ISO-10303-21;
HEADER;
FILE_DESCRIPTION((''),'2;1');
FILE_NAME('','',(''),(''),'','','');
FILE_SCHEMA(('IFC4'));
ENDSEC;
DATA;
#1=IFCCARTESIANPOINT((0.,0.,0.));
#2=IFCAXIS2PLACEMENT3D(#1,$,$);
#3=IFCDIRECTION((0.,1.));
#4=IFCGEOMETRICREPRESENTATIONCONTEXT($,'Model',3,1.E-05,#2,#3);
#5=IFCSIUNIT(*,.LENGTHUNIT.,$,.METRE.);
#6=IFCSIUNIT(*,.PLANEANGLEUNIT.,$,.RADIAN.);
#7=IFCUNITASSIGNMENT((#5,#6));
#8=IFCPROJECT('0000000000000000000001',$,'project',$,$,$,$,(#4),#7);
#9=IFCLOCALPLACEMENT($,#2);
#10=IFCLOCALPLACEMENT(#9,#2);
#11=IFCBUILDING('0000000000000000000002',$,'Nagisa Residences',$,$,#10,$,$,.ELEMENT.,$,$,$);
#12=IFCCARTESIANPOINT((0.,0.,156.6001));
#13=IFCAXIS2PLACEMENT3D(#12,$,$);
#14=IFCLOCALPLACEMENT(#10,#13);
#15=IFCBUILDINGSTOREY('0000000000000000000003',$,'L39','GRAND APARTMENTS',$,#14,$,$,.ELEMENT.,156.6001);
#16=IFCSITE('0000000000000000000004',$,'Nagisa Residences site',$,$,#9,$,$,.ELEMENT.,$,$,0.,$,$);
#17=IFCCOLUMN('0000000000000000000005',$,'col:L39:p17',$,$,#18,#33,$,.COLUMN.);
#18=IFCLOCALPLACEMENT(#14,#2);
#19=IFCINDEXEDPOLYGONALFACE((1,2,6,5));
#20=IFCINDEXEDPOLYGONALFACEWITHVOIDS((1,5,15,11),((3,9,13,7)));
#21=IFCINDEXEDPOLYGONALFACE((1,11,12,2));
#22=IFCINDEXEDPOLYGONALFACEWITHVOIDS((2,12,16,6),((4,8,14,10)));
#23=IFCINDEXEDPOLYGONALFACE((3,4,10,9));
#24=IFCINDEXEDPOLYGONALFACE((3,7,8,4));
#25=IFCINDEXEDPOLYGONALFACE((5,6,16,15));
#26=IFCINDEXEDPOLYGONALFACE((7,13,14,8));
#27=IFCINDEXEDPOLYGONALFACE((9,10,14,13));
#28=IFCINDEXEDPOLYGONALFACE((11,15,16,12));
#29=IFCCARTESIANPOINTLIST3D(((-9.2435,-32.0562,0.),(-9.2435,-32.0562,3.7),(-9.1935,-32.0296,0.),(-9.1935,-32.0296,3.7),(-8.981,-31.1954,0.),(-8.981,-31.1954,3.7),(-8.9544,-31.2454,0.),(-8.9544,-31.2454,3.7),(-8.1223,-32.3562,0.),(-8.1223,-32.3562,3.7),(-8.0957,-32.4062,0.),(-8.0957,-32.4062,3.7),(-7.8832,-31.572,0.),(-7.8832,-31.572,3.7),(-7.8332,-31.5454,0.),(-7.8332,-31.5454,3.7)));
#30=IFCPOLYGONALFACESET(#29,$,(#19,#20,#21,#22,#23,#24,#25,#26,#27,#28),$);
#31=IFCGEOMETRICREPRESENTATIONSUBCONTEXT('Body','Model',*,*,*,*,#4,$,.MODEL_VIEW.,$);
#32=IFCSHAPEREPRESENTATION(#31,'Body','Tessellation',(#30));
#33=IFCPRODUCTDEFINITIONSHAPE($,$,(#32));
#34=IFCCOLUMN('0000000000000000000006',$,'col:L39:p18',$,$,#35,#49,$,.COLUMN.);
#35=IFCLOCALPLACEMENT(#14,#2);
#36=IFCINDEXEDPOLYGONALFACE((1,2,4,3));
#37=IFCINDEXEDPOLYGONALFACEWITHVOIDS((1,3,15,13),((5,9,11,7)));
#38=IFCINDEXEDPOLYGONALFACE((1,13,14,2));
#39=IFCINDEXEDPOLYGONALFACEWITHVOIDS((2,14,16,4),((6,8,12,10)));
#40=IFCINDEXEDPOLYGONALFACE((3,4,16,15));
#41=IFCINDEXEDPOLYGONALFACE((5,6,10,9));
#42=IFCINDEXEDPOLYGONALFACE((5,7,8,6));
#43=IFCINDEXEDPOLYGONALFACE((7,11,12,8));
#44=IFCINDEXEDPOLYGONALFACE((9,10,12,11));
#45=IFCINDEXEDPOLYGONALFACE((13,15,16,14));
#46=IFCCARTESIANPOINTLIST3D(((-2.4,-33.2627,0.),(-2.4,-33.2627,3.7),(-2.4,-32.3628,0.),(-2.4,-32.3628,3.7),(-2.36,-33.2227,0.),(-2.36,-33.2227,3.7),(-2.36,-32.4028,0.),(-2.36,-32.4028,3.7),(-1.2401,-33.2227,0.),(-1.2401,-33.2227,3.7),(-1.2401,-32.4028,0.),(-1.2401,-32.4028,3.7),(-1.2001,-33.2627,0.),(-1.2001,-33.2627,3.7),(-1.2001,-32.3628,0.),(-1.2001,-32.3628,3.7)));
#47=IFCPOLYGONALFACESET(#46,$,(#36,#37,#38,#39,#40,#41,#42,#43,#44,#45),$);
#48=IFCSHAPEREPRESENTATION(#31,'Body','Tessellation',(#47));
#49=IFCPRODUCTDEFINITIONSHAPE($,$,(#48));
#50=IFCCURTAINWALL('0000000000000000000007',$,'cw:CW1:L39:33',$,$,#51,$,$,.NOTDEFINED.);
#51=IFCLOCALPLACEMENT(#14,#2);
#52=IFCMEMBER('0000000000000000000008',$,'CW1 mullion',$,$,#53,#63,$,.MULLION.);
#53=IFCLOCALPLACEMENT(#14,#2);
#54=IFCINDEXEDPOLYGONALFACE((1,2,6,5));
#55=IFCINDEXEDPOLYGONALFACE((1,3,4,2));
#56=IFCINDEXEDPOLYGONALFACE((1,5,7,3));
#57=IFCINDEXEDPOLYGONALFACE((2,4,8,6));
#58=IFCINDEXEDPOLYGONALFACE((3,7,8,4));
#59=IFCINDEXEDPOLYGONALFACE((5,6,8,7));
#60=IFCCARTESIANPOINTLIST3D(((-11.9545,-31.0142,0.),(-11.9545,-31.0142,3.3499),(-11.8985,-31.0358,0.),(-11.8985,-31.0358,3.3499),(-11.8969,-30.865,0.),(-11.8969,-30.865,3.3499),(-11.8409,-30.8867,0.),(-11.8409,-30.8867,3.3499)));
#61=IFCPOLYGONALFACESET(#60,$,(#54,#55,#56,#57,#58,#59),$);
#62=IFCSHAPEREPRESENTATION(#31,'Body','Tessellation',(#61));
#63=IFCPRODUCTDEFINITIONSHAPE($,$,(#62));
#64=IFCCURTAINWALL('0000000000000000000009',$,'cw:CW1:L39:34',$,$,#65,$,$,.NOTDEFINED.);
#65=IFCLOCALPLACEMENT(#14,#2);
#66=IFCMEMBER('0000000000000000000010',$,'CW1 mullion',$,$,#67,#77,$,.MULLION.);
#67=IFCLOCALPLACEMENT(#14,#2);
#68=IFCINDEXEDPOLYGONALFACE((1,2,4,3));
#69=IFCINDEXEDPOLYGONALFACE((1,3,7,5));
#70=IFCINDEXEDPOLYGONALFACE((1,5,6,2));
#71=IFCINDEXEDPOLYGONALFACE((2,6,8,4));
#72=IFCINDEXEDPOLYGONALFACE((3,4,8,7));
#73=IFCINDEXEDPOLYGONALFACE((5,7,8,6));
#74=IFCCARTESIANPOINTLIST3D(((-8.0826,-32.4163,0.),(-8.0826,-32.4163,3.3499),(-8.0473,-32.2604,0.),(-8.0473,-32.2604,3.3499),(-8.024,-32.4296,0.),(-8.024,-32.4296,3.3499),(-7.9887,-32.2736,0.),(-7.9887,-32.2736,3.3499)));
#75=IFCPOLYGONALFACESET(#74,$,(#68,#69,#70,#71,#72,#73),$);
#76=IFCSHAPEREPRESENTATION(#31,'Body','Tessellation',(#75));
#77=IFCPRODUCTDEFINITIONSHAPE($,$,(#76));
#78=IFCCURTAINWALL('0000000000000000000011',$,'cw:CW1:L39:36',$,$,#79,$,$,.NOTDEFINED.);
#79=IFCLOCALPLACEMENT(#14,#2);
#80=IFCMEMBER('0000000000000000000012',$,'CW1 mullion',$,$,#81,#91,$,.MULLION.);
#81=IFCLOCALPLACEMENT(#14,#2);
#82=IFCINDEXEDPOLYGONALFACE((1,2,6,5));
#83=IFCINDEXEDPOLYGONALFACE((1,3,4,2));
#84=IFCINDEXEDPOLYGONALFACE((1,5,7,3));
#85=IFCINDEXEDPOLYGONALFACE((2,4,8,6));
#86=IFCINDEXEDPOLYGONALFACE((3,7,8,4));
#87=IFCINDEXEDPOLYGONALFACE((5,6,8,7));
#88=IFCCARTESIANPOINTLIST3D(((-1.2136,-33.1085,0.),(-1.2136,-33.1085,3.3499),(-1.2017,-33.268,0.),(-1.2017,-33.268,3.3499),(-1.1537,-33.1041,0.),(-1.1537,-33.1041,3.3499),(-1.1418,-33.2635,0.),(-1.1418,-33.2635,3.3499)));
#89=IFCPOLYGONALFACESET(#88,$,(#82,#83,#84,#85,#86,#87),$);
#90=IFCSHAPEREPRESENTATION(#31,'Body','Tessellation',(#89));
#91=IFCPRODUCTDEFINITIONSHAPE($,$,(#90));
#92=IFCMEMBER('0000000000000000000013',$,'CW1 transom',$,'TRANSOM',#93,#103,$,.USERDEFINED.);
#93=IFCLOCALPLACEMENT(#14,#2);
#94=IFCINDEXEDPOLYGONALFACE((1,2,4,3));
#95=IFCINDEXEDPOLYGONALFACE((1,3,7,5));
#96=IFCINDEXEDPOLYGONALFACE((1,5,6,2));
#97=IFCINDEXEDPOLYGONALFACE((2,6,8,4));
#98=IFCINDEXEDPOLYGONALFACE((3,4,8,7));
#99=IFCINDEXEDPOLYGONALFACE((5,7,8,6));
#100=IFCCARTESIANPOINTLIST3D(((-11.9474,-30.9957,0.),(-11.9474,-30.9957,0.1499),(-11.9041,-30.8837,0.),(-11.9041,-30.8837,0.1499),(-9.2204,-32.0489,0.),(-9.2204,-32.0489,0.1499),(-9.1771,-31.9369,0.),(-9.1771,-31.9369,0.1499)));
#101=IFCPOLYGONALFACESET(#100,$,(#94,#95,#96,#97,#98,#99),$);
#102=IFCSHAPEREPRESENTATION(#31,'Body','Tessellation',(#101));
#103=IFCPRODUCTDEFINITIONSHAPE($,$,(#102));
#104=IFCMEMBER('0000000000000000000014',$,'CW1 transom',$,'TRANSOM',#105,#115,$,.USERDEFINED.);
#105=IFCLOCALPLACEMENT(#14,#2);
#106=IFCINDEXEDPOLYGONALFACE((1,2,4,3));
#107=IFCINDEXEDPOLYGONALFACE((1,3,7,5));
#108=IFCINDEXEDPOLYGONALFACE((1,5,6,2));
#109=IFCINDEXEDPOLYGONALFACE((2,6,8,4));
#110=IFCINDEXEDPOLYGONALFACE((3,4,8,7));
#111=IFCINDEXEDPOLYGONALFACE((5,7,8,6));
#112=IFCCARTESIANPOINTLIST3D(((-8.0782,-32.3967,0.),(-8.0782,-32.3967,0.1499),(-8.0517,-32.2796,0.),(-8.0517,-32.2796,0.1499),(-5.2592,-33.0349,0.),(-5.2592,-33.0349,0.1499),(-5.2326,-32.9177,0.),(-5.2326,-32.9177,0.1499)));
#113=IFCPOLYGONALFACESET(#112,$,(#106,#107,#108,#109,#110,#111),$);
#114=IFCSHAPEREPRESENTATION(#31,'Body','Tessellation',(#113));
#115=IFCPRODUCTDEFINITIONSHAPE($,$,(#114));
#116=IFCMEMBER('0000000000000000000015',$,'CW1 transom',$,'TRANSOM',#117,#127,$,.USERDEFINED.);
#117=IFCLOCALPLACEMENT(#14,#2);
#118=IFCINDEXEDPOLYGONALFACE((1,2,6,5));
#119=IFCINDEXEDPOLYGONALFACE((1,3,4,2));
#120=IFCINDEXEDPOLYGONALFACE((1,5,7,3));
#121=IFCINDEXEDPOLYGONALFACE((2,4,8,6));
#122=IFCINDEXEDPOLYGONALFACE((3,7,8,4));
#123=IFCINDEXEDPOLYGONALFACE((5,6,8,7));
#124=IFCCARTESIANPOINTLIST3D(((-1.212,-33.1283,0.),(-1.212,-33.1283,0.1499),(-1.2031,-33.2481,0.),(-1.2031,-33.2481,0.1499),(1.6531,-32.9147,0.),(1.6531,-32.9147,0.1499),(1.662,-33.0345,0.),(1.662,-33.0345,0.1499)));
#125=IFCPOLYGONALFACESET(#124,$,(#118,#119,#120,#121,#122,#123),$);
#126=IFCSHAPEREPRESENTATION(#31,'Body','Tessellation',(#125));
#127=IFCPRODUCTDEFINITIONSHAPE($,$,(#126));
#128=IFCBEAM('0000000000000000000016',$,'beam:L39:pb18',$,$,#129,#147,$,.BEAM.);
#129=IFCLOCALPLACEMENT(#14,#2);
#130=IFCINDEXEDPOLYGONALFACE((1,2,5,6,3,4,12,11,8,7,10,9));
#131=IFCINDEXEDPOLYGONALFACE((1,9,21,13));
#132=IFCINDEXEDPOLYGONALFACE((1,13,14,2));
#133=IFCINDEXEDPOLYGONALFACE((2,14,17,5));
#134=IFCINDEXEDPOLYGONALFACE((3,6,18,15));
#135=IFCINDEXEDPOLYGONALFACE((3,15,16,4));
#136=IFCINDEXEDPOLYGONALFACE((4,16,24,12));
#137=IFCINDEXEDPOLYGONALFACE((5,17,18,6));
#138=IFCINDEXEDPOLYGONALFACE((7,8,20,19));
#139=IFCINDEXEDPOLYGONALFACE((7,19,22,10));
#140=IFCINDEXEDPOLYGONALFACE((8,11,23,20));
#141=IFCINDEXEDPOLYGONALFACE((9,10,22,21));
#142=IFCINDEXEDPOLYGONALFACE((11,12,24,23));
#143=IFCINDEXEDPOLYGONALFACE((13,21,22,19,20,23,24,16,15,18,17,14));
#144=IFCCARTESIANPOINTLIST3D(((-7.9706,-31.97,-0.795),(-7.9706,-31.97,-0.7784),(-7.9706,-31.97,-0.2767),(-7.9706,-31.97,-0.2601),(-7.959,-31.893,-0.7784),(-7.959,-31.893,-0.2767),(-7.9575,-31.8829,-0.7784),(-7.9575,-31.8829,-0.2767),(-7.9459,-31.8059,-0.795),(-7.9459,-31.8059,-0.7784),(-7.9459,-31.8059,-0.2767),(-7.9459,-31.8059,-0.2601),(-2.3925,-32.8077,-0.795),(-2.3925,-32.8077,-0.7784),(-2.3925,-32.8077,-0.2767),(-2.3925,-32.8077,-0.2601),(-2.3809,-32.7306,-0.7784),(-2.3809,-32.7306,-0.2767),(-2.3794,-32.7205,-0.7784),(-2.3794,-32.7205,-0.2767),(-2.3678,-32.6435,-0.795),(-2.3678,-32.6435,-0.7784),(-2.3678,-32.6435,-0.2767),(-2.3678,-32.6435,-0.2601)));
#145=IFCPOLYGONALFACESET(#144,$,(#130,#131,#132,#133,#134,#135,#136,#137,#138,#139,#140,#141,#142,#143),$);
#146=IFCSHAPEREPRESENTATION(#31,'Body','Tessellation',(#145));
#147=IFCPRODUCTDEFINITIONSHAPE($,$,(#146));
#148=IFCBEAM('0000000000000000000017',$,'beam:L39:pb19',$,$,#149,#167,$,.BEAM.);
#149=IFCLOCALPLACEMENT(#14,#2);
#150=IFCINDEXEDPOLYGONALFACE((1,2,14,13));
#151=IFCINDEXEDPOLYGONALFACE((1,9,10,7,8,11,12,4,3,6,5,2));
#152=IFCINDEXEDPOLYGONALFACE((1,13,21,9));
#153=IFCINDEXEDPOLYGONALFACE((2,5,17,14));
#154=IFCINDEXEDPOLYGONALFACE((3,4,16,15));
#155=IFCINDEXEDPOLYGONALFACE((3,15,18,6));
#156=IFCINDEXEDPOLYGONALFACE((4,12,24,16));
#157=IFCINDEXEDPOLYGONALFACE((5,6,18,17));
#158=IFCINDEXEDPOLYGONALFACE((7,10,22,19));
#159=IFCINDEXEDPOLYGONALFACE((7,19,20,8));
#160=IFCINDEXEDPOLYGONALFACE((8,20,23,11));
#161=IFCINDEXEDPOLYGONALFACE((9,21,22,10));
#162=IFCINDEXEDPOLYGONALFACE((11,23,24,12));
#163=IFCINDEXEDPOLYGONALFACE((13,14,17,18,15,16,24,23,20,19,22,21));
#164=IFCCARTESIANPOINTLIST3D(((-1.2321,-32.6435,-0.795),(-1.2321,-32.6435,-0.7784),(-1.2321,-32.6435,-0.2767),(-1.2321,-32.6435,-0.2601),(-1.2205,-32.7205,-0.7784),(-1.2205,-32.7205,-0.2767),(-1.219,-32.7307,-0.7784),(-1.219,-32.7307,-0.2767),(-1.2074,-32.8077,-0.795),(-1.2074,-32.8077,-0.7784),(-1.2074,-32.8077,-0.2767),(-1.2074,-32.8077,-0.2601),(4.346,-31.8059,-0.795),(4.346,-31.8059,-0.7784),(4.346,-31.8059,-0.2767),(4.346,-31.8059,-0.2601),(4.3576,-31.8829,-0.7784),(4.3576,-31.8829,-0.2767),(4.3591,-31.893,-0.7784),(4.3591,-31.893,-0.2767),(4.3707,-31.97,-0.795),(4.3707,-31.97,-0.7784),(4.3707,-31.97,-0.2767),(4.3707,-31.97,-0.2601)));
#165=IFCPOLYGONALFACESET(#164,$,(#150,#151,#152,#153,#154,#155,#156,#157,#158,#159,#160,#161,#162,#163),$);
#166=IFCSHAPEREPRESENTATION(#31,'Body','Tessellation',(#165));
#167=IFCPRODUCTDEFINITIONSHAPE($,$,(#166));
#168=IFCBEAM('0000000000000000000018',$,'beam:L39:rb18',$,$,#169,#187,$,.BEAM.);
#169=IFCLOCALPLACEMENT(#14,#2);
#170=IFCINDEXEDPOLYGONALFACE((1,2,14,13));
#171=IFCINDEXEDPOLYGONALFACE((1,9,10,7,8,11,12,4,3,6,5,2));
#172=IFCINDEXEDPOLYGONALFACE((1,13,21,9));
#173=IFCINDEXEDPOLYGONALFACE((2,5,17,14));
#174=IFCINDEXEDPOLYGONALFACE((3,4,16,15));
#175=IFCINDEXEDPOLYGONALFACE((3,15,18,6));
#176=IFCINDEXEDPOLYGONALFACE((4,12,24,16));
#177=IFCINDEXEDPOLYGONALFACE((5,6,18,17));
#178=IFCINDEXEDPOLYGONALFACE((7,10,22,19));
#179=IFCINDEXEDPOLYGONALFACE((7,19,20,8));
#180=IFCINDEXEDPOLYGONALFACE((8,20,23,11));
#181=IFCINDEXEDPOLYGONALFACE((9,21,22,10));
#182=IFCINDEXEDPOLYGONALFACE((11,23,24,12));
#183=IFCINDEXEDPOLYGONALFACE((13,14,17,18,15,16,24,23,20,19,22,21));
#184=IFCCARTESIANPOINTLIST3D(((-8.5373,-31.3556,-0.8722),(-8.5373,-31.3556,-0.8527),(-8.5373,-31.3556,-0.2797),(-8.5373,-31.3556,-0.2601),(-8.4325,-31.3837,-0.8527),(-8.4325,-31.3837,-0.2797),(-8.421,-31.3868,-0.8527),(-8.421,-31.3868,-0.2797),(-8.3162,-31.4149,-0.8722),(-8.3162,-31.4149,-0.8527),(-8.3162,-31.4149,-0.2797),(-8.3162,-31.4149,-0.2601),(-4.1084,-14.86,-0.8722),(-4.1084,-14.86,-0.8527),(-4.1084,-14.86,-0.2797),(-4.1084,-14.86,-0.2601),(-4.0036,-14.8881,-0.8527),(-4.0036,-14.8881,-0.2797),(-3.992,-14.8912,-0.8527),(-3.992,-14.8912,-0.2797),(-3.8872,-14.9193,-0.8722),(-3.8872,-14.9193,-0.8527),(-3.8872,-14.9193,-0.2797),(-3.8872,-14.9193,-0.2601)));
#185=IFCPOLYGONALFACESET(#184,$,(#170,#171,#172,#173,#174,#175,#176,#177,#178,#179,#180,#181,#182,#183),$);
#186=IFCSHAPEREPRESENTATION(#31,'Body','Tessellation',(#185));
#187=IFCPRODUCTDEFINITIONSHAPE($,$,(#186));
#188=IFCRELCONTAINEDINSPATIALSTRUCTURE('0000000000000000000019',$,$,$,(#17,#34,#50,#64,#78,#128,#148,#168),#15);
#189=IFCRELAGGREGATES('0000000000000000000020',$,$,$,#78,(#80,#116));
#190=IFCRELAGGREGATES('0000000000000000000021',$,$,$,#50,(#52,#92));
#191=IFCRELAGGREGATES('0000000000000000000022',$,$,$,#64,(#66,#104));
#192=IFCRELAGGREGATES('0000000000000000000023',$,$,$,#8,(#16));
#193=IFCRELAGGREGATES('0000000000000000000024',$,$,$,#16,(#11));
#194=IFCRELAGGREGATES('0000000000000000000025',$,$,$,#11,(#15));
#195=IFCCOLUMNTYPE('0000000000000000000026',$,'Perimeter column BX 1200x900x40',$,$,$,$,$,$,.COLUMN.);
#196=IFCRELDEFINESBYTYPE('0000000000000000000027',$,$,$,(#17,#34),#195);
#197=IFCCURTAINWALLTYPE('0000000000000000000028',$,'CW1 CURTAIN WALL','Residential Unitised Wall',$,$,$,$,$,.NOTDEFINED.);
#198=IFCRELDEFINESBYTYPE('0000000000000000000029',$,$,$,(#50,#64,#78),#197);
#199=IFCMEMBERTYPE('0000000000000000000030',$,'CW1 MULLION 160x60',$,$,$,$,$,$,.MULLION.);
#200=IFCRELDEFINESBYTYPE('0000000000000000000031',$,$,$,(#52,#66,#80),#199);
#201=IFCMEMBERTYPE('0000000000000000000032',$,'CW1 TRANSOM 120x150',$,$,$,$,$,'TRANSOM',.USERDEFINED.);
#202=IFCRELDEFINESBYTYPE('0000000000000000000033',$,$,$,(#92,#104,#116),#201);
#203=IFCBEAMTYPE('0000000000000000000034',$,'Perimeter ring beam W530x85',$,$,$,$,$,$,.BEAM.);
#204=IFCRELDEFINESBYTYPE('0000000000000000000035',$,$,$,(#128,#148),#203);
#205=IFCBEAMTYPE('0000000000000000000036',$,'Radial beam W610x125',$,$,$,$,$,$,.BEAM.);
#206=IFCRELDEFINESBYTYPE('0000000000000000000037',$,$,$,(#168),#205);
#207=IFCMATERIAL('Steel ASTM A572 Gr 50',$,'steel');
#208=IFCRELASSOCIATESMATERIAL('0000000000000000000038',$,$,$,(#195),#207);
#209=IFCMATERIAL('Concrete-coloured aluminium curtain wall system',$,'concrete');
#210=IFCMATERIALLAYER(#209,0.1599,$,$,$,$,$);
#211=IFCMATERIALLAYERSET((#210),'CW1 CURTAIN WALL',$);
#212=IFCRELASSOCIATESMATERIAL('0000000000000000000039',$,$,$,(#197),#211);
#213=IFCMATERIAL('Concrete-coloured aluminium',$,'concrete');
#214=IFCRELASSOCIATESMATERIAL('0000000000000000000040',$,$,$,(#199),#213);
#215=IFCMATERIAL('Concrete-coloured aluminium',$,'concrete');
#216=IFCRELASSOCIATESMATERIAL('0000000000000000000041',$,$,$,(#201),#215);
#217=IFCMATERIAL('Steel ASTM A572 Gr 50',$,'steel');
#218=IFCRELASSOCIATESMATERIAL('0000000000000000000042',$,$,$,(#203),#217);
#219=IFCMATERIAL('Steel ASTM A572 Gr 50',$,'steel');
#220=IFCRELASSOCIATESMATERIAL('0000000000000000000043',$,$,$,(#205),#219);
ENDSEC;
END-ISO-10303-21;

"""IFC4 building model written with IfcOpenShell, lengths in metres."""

from ifc_helpers import new_model, si_unit, direction, frame, origin, origin_2d, place, context, subcontext, project, spatial, rectangle, hollow_rectangle, i_section, extrude, material, layer, layer_set, material_profile, profile_set, type_object, element, aggregate, save


model = new_model("IFC4")

# Units and contexts
model_context = context("Model", 3, precision=1e-05, world=origin(), true_north=direction((0.0, 1.0)))
body_context = subcontext(model_context, "Body", "Model", "MODEL_VIEW")
ifc_project = project(units=[si_unit("LENGTHUNIT", "METRE"), si_unit("PLANEANGLEUNIT", "RADIAN")], contexts=[model_context])

# Site, building, storey
site_placement = place(None, origin())
site = spatial("IfcSite", under=ifc_project, at=site_placement, Name="Nagisa Residences site", CompositionType="ELEMENT", RefElevation=0.0)
building_placement = place(site_placement, origin())
building = spatial("IfcBuilding", under=site, at=building_placement, Name="Nagisa Residences", CompositionType="ELEMENT")
storey_placement = place(building_placement, frame((0.0, 0.0, 156.6001)))
storey = spatial("IfcBuildingStorey", under=building, at=storey_placement, Name="L39", Description="GRAND APARTMENTS", CompositionType="ELEMENT", Elevation=156.6001)

# Columns
ifc_material_1 = material(Name="Steel ASTM A572 Gr 50", Category="steel")
ifc_material_profile_1 = material_profile(ifc_material_1, hollow_rectangle(XDim=1.2, YDim=0.8999, WallThickness=0.04, at=origin_2d()), Name="BX 1200x900x40")
ifc_profile_set_1 = profile_set([ifc_material_profile_1], Name="Steel ASTM A572 Gr 50")
column_type = type_object("IfcColumnType", Name="Perimeter column BX 1200x900x40", PredefinedType="COLUMN", material=ifc_profile_set_1)
for number, where, z_axis, x_axis, name in (
    (1, (-8.5383, -31.8008, 0.0), (0.0, 0.0, 1.0), (0.956525, -0.291652, 0.0), "col:L39:p17"),
    (2, (-1.8, -32.8127, 0.0), (0.0, 0.0, 1.0), (1.0, 0.0, 0.0), "col:L39:p18"),
):
    element("IfcColumn", number, at=place(storey_placement, frame(where, z_axis=z_axis, x_axis=x_axis)), inside=storey, type_object=column_type, Name=name, PredefinedType="COLUMN", context=body_context, shape_type="SweptSolid", body=[
        extrude(hollow_rectangle(XDim=1.2, YDim=0.8999, WallThickness=0.04, at=origin_2d()), origin(), (0.0, 0.0, 1.0), 3.7),
    ])

# Curtain walls, members
ifc_material_2 = material(Name="Concrete-coloured aluminium curtain wall system", Category="concrete")
ifc_layer_1 = layer(ifc_material_2, 0.1599)
ifc_layer_set_1 = layer_set([ifc_layer_1], Name="CW1 CURTAIN WALL")
curtain_wall_type = type_object("IfcCurtainWallType", Name="CW1 CURTAIN WALL", Description="Residential Unitised Wall", PredefinedType="NOTDEFINED", material=ifc_layer_set_1)
curtain_wall_1_placement = place(storey_placement, origin())
curtain_wall_1 = element("IfcCurtainWall", 3, at=curtain_wall_1_placement, inside=storey, type_object=curtain_wall_type, Name="cw:CW1:L39:33", PredefinedType="NOTDEFINED")
ifc_material_3 = material(Name="Concrete-coloured aluminium", Category="concrete")
ifc_material_profile_2 = material_profile(ifc_material_3, rectangle(XDim=0.1599, YDim=0.0601, at=origin_2d()), Name="CW1 MULLION 160x60")
ifc_profile_set_2 = profile_set([ifc_material_profile_2], Name="Concrete-coloured aluminium")
member_type_1 = type_object("IfcMemberType", Name="CW1 MULLION 160x60", PredefinedType="MULLION", material=ifc_profile_set_2)
member_1_placement = place(storey_placement, frame((-11.8977, -30.9504, 0.0), z_axis=(0.0, 0.0, 1.0), x_axis=(0.360328, 0.932826, 0.0)))
member_1 = element("IfcMember", 4, at=member_1_placement, type_object=member_type_1, Name="CW1 mullion", PredefinedType="MULLION", context=body_context, shape_type="SweptSolid", body=[
    extrude(rectangle(XDim=0.1599, YDim=0.0601, at=origin_2d()), origin(), (0.0, 0.0, 1.0), 3.3499),
])
curtain_wall_2_placement = place(storey_placement, origin())
curtain_wall_2 = element("IfcCurtainWall", 5, at=curtain_wall_2_placement, inside=storey, type_object=curtain_wall_type, Name="cw:CW1:L39:34", PredefinedType="NOTDEFINED")
member_2_placement = place(storey_placement, frame((-8.0356, -32.345, 0.0), z_axis=(0.0, 0.0, 1.0), x_axis=(0.220764, 0.975327, 0.0)))
member_2 = element("IfcMember", 6, at=member_2_placement, type_object=member_type_1, Name="CW1 mullion", PredefinedType="MULLION", context=body_context, shape_type="SweptSolid", body=[
    extrude(rectangle(XDim=0.1599, YDim=0.0601, at=origin_2d()), origin(), (0.0, 0.0, 1.0), 3.3499),
])
curtain_wall_3_placement = place(storey_placement, origin())
curtain_wall_3 = element("IfcCurtainWall", 7, at=curtain_wall_3_placement, inside=storey, type_object=curtain_wall_type, Name="cw:CW1:L39:36", PredefinedType="NOTDEFINED")
member_3_placement = place(storey_placement, frame((-1.1777, -33.186, 0.0), z_axis=(0.0, 0.0, 1.0), x_axis=(-0.074377, 0.99723, 0.0)))
member_3 = element("IfcMember", 8, at=member_3_placement, type_object=member_type_1, Name="CW1 mullion", PredefinedType="MULLION", context=body_context, shape_type="SweptSolid", body=[
    extrude(rectangle(XDim=0.1599, YDim=0.0601, at=origin_2d()), origin(), (0.0, 0.0, 1.0), 3.3499),
])

# Members
ifc_material_4 = material(Name="Concrete-coloured aluminium", Category="concrete")
ifc_material_profile_3 = material_profile(ifc_material_4, rectangle(XDim=0.1201, YDim=0.1499, at=origin_2d()), Name="CW1 TRANSOM 120x150")
ifc_profile_set_3 = profile_set([ifc_material_profile_3], Name="Concrete-coloured aluminium")
member_type_2 = type_object("IfcMemberType", Name="CW1 TRANSOM 120x150", ElementType="TRANSOM", PredefinedType="USERDEFINED", material=ifc_profile_set_3)
member_4_placement = place(storey_placement, frame((-11.9258, -30.9397, 0.075), z_axis=(0.932845, -0.360277, 0.0), x_axis=(0.360277, 0.932845, 0.0)))
member_4 = element("IfcMember", 9, at=member_4_placement, type_object=member_type_2, Name="CW1 transom", ObjectType="TRANSOM", PredefinedType="USERDEFINED", context=body_context, shape_type="SweptSolid", body=[
    extrude(rectangle(XDim=0.1201, YDim=0.1499, at=origin_2d()), origin(), (0.0, 0.0, 1.0), 2.9233),
])
member_5_placement = place(storey_placement, frame((-8.0649, -32.3381, 0.075), z_axis=(0.975321, -0.220792, 0.0), x_axis=(0.220792, 0.975321, 0.0)))
member_5 = element("IfcMember", 10, at=member_5_placement, type_object=member_type_2, Name="CW1 transom", ObjectType="TRANSOM", PredefinedType="USERDEFINED", context=body_context, shape_type="SweptSolid", body=[
    extrude(rectangle(XDim=0.1201, YDim=0.1499, at=origin_2d()), origin(), (0.0, 0.0, 1.0), 2.8904),
])
member_6_placement = place(storey_placement, frame((-1.2075, -33.1882, 0.075), z_axis=(0.997232, 0.074357, 0.0), x_axis=(-0.074357, 0.997232, 0.0)))
member_6 = element("IfcMember", 11, at=member_6_placement, type_object=member_type_2, Name="CW1 transom", ObjectType="TRANSOM", PredefinedType="USERDEFINED", context=body_context, shape_type="SweptSolid", body=[
    extrude(rectangle(XDim=0.1201, YDim=0.1499, at=origin_2d()), origin(), (0.0, 0.0, 1.0), 2.873),
])
aggregate(curtain_wall_3, [member_3, member_6])

# Beams
ifc_material_5 = material(Name="Steel ASTM A572 Gr 50", Category="steel")
ifc_material_profile_4 = material_profile(ifc_material_5, i_section(OverallWidth=0.166, OverallDepth=0.5349, WebThickness=0.0103, FlangeThickness=0.0166, at=origin_2d()), Name="W530x85")
ifc_profile_set_4 = profile_set([ifc_material_profile_4], Name="Steel ASTM A572 Gr 50")
beam_type_1 = type_object("IfcBeamType", Name="Perimeter ring beam W530x85", PredefinedType="BEAM", material=ifc_profile_set_4)
for number, where, z_axis, x_axis, name in (
    (12, (-7.9583, -31.8879, -0.5276), (0.988912, -0.148501, 0.0), (0.148501, 0.988912, 0.0), "beam:L39:pb18"),
    (13, (-1.2197, -32.7256, -0.5276), (0.988912, 0.148501, 0.0), (-0.148501, 0.988912, 0.0), "beam:L39:pb19"),
):
    element("IfcBeam", number, at=place(storey_placement, frame(where, z_axis=z_axis, x_axis=x_axis)), inside=storey, type_object=beam_type_1, Name=name, PredefinedType="BEAM", context=body_context, shape_type="SweptSolid", body=[
        extrude(i_section(OverallWidth=0.166, OverallDepth=0.5349, WebThickness=0.0103, FlangeThickness=0.0166, at=origin_2d()), origin(), (0.0, 0.0, 1.0), 5.6406),
    ])
ifc_material_6 = material(Name="Steel ASTM A572 Gr 50", Category="steel")
ifc_material_profile_5 = material_profile(ifc_material_6, i_section(OverallWidth=0.229, OverallDepth=0.6121, WebThickness=0.012, FlangeThickness=0.0195, at=origin_2d()), Name="W610x125")
ifc_profile_set_5 = profile_set([ifc_material_profile_5], Name="Steel ASTM A572 Gr 50")
beam_type_2 = type_object("IfcBeamType", Name="Radial beam W610x125", PredefinedType="BEAM", material=ifc_profile_set_5)
beam_1_placement = place(storey_placement, frame((-8.4268, -31.3853, -0.5662), z_axis=(0.259309, 0.965794, 0.0), x_axis=(-0.965794, 0.259309, 0.0)))
element("IfcBeam", 14, at=beam_1_placement, inside=storey, type_object=beam_type_2, Name="beam:L39:rb18", PredefinedType="BEAM", context=body_context, shape_type="SweptSolid", body=[
    extrude(i_section(OverallWidth=0.229, OverallDepth=0.6121, WebThickness=0.012, FlangeThickness=0.0195, at=origin_2d()), origin(), (0.0, 0.0, 1.0), 17.0798),
])

aggregate(curtain_wall_1, [member_1, member_4])
aggregate(curtain_wall_2, [member_2, member_5])

save(model, "model.ifc")
